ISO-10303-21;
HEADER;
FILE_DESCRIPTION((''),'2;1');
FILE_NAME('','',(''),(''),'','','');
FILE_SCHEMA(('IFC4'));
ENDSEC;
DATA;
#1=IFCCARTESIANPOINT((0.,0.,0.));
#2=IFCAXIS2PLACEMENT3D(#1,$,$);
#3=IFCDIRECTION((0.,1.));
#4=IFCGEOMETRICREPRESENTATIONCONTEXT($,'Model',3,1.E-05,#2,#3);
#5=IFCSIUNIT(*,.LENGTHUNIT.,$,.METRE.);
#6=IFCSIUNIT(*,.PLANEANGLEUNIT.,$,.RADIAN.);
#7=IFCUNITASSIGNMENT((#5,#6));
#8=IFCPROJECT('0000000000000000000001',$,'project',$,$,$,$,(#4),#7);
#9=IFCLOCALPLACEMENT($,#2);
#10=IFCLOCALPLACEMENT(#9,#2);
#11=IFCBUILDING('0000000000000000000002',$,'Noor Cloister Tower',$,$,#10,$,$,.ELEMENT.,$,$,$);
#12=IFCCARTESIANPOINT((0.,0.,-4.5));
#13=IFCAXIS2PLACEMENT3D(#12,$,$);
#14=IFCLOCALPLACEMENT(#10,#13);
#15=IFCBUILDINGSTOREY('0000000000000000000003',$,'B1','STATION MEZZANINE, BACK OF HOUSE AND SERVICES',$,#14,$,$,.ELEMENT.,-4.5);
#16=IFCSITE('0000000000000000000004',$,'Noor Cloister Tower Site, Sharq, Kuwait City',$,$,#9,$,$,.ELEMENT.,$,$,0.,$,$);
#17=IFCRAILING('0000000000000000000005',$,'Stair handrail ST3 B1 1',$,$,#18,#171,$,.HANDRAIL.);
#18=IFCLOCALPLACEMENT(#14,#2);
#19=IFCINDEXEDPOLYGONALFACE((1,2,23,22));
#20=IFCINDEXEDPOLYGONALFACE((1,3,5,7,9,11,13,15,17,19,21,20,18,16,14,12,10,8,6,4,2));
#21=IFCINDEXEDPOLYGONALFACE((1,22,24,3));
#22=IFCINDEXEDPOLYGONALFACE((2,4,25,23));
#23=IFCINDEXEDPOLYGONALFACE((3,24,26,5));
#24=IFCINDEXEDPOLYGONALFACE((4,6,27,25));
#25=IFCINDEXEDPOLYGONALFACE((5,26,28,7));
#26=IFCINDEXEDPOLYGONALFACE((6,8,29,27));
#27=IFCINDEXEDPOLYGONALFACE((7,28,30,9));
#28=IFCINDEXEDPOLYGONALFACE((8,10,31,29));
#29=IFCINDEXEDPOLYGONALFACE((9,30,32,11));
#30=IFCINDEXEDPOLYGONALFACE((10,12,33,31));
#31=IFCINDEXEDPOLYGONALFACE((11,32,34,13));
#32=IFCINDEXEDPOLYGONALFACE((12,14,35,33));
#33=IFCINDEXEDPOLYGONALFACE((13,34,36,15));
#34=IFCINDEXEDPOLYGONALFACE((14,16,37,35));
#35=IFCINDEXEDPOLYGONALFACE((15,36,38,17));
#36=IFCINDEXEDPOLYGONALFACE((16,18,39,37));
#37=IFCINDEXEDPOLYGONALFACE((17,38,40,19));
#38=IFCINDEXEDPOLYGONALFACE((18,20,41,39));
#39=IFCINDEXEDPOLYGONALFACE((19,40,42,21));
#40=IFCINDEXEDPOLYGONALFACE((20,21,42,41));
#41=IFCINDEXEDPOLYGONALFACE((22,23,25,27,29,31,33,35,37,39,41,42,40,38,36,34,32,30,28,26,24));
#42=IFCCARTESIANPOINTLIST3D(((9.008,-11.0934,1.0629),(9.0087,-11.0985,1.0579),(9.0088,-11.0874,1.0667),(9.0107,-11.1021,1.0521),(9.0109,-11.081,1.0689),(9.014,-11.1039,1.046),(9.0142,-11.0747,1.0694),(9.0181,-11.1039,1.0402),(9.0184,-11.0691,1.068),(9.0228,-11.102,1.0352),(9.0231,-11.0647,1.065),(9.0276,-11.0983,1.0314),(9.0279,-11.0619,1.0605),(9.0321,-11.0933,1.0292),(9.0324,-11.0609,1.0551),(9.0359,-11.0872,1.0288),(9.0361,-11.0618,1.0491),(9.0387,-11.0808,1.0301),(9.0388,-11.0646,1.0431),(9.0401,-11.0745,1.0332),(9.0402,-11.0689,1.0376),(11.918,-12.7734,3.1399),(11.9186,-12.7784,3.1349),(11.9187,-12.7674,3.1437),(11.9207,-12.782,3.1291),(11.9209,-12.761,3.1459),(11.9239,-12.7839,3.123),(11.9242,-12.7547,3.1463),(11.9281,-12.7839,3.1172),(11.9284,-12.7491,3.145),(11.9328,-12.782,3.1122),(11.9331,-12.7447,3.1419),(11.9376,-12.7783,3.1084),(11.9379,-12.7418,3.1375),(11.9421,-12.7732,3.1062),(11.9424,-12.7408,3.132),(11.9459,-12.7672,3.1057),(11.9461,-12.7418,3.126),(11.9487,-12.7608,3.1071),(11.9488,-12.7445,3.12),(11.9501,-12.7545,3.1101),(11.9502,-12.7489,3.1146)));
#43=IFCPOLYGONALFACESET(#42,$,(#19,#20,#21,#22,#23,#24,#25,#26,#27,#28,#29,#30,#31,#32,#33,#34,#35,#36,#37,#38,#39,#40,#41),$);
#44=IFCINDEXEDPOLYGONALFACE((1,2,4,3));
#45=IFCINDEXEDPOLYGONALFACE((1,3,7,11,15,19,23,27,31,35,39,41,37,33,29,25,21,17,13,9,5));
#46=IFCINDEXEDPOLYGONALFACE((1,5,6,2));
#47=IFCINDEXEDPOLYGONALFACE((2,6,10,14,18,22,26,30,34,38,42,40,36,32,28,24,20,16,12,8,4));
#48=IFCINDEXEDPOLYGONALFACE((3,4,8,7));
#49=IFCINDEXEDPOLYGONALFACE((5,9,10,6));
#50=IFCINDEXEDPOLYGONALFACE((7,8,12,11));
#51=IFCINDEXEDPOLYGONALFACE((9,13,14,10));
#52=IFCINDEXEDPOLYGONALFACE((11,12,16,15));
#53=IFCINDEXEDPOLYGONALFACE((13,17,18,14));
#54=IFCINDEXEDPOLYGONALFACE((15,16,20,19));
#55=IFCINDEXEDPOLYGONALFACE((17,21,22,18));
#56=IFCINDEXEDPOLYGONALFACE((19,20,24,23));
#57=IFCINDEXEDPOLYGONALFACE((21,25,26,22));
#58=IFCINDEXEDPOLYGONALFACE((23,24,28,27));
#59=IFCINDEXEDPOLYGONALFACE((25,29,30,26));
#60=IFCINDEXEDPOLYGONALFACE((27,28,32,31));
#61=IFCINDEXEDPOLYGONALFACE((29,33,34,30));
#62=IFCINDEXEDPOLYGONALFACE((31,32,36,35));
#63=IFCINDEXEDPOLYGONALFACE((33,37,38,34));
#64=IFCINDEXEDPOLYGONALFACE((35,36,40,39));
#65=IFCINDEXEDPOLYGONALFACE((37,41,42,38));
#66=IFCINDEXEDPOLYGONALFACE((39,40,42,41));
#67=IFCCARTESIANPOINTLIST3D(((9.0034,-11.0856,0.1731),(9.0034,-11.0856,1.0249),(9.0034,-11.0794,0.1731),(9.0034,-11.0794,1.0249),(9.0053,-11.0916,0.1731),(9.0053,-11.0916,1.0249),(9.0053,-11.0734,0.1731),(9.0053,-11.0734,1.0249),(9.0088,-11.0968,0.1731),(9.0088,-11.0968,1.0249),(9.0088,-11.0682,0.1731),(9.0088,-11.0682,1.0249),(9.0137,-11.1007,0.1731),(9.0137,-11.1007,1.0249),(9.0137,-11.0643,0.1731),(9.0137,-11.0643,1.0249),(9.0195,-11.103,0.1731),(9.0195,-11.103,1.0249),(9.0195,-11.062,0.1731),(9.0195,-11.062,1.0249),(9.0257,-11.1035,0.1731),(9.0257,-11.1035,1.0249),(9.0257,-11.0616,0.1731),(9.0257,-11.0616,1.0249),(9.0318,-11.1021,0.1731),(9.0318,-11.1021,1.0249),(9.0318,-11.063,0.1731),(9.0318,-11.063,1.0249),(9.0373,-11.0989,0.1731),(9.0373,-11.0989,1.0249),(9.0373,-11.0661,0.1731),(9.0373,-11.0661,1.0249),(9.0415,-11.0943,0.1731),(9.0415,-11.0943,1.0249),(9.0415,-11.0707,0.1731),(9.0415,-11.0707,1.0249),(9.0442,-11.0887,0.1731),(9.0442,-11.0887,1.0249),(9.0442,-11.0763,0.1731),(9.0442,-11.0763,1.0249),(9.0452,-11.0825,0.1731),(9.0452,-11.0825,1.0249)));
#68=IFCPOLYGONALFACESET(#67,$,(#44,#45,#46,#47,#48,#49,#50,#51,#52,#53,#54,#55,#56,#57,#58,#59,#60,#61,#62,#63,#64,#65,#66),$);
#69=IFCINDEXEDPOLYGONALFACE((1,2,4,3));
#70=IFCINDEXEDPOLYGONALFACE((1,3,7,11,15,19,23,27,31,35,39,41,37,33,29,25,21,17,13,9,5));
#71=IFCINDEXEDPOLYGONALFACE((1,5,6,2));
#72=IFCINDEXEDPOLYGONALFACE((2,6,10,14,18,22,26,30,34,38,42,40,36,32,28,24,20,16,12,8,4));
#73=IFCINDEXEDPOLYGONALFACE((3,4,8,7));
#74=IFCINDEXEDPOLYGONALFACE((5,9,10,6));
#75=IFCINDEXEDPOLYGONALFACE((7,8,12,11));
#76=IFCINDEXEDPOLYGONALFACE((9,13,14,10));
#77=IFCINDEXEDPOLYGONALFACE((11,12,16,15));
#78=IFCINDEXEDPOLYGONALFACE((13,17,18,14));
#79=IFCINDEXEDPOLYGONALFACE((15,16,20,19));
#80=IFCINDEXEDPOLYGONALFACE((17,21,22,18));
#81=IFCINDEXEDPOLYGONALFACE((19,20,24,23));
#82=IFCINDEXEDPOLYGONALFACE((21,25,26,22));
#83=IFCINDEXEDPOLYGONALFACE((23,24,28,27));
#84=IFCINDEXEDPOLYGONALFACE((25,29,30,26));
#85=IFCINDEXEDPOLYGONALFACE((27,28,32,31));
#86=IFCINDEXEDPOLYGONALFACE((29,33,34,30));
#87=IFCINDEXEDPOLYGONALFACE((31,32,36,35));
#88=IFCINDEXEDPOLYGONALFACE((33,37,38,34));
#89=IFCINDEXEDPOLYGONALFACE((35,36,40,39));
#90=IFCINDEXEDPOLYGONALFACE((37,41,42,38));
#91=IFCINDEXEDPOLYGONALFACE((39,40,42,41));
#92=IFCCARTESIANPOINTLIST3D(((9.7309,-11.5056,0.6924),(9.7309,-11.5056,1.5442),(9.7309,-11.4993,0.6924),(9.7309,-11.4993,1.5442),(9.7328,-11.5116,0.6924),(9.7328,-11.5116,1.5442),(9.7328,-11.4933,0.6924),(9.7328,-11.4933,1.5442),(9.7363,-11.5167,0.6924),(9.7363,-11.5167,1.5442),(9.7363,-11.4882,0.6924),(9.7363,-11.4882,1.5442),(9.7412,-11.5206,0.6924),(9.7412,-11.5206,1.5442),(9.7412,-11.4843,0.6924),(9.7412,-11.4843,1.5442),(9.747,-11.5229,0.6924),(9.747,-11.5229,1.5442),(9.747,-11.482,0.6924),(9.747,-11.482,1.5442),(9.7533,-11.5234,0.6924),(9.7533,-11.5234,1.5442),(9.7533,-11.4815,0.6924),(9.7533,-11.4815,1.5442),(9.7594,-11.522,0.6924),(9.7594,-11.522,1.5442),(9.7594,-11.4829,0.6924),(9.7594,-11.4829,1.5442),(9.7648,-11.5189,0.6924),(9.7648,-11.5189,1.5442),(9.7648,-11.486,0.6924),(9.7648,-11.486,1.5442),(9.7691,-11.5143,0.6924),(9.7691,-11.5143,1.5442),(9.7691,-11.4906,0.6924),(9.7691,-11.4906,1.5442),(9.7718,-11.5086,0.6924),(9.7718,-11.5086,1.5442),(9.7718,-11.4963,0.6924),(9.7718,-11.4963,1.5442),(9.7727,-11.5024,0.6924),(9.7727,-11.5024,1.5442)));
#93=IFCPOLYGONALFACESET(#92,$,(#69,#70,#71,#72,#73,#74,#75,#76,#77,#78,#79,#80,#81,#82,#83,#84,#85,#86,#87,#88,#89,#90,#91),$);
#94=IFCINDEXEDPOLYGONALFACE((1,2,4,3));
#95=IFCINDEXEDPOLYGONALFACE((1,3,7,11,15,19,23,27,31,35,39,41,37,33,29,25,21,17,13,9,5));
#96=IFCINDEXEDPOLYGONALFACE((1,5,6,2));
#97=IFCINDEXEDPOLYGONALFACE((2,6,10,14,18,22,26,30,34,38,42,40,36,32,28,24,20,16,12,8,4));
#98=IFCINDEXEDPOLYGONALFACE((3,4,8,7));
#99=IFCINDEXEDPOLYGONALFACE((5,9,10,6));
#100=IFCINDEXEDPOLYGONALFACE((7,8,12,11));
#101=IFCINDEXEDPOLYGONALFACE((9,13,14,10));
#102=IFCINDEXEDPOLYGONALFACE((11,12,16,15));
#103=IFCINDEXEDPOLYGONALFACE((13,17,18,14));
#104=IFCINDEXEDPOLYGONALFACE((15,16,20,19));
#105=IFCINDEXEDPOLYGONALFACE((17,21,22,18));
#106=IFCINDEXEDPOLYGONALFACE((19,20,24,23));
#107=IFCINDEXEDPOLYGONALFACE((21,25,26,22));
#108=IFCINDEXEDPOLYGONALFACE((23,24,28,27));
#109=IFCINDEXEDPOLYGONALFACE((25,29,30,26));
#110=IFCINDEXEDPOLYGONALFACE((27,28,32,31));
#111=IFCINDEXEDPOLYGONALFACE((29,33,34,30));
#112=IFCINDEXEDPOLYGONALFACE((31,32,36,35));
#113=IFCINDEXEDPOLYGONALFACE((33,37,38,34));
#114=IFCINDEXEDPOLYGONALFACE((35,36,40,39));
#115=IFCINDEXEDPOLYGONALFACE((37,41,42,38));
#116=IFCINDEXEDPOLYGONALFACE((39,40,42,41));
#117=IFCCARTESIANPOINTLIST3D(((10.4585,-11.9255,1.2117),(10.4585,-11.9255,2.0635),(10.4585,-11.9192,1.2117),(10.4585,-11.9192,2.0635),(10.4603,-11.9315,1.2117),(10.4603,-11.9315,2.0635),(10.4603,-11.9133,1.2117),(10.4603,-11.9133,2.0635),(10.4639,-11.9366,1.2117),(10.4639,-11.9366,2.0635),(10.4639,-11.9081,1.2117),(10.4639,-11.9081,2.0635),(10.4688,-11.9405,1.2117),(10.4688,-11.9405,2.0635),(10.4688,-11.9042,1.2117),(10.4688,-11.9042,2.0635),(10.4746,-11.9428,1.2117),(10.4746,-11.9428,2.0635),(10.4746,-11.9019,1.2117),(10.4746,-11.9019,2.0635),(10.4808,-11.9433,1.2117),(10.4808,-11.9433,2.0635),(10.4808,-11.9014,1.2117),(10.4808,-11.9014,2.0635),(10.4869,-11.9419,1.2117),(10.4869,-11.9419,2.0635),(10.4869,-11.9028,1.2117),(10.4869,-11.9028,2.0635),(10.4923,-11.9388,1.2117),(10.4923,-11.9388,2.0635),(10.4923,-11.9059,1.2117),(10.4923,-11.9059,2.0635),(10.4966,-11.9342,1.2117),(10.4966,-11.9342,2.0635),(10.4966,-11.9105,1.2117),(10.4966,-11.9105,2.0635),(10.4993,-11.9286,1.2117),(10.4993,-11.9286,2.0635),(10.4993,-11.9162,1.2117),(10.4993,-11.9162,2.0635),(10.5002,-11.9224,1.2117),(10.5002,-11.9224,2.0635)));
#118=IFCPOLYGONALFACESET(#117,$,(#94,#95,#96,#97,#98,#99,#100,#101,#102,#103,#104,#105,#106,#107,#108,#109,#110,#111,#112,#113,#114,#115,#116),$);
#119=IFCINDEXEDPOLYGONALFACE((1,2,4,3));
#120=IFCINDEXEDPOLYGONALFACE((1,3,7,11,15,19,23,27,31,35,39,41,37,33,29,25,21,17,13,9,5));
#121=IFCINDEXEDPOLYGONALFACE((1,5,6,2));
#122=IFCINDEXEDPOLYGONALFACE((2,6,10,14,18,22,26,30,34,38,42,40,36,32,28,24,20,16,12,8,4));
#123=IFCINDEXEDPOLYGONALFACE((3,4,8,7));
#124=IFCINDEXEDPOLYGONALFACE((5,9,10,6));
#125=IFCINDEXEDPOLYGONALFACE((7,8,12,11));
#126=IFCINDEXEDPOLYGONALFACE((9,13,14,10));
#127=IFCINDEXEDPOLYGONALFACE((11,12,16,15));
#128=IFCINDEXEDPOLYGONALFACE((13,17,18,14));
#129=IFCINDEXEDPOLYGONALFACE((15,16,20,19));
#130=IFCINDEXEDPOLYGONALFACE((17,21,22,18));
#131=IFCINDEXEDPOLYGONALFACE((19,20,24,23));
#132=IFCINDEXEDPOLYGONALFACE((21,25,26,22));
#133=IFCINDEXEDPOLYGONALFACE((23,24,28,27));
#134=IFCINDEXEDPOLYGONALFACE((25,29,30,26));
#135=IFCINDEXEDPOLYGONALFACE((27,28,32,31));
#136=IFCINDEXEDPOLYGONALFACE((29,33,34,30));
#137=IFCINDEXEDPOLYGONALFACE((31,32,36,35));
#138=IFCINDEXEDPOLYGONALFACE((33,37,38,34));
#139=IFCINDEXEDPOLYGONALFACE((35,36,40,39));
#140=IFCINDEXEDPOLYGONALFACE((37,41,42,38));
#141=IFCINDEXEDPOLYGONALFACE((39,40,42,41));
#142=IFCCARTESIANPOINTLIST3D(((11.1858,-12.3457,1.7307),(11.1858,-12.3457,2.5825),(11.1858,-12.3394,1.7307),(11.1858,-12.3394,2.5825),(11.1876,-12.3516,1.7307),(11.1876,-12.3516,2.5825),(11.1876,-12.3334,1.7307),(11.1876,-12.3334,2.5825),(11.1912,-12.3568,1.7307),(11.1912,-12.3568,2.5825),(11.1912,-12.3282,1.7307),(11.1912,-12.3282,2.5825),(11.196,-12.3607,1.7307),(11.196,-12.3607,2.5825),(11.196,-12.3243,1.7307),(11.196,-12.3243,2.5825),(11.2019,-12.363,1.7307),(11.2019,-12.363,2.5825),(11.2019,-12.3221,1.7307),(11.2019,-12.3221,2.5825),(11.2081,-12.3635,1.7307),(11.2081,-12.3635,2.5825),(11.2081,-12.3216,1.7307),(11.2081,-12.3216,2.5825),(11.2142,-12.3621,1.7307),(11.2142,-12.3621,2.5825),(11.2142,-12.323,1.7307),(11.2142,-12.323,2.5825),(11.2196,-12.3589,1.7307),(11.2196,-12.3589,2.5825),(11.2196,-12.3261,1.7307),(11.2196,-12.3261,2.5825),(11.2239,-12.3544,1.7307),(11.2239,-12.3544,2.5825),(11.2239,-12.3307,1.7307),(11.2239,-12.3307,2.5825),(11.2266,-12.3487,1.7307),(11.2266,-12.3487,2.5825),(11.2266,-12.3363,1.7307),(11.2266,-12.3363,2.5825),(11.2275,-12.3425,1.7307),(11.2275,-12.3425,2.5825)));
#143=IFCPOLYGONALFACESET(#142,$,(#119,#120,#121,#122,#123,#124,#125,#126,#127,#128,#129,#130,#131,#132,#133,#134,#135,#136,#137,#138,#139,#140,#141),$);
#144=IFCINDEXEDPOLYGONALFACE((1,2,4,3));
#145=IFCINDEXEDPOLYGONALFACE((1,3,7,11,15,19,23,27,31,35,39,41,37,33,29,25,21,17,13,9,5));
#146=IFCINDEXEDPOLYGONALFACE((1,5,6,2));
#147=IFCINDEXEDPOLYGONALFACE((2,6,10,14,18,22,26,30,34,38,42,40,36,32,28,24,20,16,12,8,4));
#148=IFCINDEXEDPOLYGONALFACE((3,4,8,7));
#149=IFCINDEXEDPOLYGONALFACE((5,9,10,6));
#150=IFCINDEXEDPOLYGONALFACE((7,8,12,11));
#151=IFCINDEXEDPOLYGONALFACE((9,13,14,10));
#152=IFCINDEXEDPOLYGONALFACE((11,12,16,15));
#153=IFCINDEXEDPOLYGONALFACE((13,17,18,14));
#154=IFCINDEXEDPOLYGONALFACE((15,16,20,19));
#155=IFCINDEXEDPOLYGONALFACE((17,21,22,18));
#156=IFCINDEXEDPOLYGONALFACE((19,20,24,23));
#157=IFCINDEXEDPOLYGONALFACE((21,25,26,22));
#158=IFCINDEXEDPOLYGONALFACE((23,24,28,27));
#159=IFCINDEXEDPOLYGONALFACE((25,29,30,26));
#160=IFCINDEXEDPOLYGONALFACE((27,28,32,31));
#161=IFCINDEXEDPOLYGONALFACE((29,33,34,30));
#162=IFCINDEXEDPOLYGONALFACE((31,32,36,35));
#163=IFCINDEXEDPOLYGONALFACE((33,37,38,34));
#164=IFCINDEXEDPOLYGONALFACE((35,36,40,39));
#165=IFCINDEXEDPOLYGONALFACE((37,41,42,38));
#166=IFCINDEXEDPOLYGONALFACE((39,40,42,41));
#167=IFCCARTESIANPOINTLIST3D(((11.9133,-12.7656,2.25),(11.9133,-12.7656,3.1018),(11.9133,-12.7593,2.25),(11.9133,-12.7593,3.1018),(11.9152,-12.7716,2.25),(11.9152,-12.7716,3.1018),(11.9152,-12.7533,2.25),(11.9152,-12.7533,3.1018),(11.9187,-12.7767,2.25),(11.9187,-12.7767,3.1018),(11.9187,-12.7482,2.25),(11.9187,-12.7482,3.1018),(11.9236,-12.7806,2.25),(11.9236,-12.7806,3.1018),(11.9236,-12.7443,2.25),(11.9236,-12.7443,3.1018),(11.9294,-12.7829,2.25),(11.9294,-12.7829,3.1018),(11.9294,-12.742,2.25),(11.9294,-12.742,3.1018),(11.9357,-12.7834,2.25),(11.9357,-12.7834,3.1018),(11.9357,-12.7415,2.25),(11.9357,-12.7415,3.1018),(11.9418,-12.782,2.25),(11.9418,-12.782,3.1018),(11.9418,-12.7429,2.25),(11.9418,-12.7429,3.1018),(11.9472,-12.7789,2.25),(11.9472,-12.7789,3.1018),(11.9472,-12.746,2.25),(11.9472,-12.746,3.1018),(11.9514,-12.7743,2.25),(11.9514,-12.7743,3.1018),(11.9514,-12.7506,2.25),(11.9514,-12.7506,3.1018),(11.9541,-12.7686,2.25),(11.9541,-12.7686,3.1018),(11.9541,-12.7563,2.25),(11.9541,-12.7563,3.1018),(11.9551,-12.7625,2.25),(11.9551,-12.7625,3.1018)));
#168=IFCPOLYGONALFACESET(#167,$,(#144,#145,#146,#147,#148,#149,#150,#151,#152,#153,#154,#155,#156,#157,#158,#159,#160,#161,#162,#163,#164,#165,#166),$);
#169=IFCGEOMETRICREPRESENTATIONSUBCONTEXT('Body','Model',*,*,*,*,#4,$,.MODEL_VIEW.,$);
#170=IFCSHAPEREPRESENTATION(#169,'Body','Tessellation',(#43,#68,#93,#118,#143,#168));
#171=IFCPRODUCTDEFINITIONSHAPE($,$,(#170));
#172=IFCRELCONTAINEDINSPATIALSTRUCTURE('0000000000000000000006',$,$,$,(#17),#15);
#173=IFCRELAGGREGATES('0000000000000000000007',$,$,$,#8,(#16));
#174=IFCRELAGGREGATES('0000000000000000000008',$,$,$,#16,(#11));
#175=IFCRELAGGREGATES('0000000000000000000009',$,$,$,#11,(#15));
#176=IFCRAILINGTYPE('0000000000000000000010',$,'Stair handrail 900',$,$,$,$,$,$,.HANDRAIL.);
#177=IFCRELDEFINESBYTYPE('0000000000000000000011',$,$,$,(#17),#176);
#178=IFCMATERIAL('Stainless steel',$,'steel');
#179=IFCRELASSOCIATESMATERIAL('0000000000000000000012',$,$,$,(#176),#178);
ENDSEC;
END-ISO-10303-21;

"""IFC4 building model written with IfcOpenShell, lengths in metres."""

from ifc_helpers import new_model, si_unit, direction, frame, origin, origin_2d, place, context, subcontext, project, spatial, circle, extrude, material, type_object, element, save


model = new_model("IFC4")

# Units and contexts
model_context = context("Model", 3, precision=1e-05, world=origin(), true_north=direction((0.0, 1.0)))
body_context = subcontext(model_context, "Body", "Model", "MODEL_VIEW")
ifc_project = project(units=[si_unit("LENGTHUNIT", "METRE"), si_unit("PLANEANGLEUNIT", "RADIAN")], contexts=[model_context])

# Site, building, storey
site_placement = place(None, origin())
site = spatial("IfcSite", under=ifc_project, at=site_placement, Name="Noor Cloister Tower Site, Sharq, Kuwait City", CompositionType="ELEMENT", RefElevation=0.0)
building_placement = place(site_placement, origin())
building = spatial("IfcBuilding", under=site, at=building_placement, Name="Noor Cloister Tower", CompositionType="ELEMENT")
storey_placement = place(building_placement, frame((0.0, 0.0, -4.5)))
storey = spatial("IfcBuildingStorey", under=building, at=storey_placement, Name="B1", Description="STATION MEZZANINE, BACK OF HOUSE AND SERVICES", CompositionType="ELEMENT", Elevation=-4.5)

# Railing
ifc_material_1 = material(Name="Stainless steel", Category="steel")
railing_type_1 = type_object("IfcRailingType", Name="Stair handrail 900", PredefinedType="HANDRAIL", material=ifc_material_1)
railing_1_placement = place(storey_placement, frame((9.0242, -11.0825, 0.1731)))
element("IfcRailing", 1, at=railing_1_placement, inside=storey, type_object=railing_type_1, Name="Stair handrail ST3 B1 1", PredefinedType="HANDRAIL", context=body_context, shape_type="SweptSolid", body=[
    extrude(circle(Radius=0.0239, at=origin_2d()), frame((0.0, 0.0, 0.876), z_axis=(0.736668, -0.425288, 0.525785), x_axis=(0.499976, 0.866039, 0.0)), (0.0, 0.0, 1.0), 3.9502),
    extrude(circle(Radius=0.021, at=origin_2d()), origin(), (0.0, 0.0, 1.0), 0.8518),
    extrude(circle(Radius=0.021, at=origin_2d()), frame((0.7275, -0.4199, 0.5193)), (0.0, 0.0, 1.0), 0.8518),
    extrude(circle(Radius=0.021, at=origin_2d()), frame((1.4551, -0.8398, 1.0386)), (0.0, 0.0, 1.0), 0.8518),
    extrude(circle(Radius=0.021, at=origin_2d()), frame((2.1824, -1.26, 1.5576)), (0.0, 0.0, 1.0), 0.8518),
    extrude(circle(Radius=0.021, at=origin_2d()), frame((2.9099, -1.6799, 2.0769)), (0.0, 0.0, 1.0), 0.8518),
])

save(model, "model.ifc")
